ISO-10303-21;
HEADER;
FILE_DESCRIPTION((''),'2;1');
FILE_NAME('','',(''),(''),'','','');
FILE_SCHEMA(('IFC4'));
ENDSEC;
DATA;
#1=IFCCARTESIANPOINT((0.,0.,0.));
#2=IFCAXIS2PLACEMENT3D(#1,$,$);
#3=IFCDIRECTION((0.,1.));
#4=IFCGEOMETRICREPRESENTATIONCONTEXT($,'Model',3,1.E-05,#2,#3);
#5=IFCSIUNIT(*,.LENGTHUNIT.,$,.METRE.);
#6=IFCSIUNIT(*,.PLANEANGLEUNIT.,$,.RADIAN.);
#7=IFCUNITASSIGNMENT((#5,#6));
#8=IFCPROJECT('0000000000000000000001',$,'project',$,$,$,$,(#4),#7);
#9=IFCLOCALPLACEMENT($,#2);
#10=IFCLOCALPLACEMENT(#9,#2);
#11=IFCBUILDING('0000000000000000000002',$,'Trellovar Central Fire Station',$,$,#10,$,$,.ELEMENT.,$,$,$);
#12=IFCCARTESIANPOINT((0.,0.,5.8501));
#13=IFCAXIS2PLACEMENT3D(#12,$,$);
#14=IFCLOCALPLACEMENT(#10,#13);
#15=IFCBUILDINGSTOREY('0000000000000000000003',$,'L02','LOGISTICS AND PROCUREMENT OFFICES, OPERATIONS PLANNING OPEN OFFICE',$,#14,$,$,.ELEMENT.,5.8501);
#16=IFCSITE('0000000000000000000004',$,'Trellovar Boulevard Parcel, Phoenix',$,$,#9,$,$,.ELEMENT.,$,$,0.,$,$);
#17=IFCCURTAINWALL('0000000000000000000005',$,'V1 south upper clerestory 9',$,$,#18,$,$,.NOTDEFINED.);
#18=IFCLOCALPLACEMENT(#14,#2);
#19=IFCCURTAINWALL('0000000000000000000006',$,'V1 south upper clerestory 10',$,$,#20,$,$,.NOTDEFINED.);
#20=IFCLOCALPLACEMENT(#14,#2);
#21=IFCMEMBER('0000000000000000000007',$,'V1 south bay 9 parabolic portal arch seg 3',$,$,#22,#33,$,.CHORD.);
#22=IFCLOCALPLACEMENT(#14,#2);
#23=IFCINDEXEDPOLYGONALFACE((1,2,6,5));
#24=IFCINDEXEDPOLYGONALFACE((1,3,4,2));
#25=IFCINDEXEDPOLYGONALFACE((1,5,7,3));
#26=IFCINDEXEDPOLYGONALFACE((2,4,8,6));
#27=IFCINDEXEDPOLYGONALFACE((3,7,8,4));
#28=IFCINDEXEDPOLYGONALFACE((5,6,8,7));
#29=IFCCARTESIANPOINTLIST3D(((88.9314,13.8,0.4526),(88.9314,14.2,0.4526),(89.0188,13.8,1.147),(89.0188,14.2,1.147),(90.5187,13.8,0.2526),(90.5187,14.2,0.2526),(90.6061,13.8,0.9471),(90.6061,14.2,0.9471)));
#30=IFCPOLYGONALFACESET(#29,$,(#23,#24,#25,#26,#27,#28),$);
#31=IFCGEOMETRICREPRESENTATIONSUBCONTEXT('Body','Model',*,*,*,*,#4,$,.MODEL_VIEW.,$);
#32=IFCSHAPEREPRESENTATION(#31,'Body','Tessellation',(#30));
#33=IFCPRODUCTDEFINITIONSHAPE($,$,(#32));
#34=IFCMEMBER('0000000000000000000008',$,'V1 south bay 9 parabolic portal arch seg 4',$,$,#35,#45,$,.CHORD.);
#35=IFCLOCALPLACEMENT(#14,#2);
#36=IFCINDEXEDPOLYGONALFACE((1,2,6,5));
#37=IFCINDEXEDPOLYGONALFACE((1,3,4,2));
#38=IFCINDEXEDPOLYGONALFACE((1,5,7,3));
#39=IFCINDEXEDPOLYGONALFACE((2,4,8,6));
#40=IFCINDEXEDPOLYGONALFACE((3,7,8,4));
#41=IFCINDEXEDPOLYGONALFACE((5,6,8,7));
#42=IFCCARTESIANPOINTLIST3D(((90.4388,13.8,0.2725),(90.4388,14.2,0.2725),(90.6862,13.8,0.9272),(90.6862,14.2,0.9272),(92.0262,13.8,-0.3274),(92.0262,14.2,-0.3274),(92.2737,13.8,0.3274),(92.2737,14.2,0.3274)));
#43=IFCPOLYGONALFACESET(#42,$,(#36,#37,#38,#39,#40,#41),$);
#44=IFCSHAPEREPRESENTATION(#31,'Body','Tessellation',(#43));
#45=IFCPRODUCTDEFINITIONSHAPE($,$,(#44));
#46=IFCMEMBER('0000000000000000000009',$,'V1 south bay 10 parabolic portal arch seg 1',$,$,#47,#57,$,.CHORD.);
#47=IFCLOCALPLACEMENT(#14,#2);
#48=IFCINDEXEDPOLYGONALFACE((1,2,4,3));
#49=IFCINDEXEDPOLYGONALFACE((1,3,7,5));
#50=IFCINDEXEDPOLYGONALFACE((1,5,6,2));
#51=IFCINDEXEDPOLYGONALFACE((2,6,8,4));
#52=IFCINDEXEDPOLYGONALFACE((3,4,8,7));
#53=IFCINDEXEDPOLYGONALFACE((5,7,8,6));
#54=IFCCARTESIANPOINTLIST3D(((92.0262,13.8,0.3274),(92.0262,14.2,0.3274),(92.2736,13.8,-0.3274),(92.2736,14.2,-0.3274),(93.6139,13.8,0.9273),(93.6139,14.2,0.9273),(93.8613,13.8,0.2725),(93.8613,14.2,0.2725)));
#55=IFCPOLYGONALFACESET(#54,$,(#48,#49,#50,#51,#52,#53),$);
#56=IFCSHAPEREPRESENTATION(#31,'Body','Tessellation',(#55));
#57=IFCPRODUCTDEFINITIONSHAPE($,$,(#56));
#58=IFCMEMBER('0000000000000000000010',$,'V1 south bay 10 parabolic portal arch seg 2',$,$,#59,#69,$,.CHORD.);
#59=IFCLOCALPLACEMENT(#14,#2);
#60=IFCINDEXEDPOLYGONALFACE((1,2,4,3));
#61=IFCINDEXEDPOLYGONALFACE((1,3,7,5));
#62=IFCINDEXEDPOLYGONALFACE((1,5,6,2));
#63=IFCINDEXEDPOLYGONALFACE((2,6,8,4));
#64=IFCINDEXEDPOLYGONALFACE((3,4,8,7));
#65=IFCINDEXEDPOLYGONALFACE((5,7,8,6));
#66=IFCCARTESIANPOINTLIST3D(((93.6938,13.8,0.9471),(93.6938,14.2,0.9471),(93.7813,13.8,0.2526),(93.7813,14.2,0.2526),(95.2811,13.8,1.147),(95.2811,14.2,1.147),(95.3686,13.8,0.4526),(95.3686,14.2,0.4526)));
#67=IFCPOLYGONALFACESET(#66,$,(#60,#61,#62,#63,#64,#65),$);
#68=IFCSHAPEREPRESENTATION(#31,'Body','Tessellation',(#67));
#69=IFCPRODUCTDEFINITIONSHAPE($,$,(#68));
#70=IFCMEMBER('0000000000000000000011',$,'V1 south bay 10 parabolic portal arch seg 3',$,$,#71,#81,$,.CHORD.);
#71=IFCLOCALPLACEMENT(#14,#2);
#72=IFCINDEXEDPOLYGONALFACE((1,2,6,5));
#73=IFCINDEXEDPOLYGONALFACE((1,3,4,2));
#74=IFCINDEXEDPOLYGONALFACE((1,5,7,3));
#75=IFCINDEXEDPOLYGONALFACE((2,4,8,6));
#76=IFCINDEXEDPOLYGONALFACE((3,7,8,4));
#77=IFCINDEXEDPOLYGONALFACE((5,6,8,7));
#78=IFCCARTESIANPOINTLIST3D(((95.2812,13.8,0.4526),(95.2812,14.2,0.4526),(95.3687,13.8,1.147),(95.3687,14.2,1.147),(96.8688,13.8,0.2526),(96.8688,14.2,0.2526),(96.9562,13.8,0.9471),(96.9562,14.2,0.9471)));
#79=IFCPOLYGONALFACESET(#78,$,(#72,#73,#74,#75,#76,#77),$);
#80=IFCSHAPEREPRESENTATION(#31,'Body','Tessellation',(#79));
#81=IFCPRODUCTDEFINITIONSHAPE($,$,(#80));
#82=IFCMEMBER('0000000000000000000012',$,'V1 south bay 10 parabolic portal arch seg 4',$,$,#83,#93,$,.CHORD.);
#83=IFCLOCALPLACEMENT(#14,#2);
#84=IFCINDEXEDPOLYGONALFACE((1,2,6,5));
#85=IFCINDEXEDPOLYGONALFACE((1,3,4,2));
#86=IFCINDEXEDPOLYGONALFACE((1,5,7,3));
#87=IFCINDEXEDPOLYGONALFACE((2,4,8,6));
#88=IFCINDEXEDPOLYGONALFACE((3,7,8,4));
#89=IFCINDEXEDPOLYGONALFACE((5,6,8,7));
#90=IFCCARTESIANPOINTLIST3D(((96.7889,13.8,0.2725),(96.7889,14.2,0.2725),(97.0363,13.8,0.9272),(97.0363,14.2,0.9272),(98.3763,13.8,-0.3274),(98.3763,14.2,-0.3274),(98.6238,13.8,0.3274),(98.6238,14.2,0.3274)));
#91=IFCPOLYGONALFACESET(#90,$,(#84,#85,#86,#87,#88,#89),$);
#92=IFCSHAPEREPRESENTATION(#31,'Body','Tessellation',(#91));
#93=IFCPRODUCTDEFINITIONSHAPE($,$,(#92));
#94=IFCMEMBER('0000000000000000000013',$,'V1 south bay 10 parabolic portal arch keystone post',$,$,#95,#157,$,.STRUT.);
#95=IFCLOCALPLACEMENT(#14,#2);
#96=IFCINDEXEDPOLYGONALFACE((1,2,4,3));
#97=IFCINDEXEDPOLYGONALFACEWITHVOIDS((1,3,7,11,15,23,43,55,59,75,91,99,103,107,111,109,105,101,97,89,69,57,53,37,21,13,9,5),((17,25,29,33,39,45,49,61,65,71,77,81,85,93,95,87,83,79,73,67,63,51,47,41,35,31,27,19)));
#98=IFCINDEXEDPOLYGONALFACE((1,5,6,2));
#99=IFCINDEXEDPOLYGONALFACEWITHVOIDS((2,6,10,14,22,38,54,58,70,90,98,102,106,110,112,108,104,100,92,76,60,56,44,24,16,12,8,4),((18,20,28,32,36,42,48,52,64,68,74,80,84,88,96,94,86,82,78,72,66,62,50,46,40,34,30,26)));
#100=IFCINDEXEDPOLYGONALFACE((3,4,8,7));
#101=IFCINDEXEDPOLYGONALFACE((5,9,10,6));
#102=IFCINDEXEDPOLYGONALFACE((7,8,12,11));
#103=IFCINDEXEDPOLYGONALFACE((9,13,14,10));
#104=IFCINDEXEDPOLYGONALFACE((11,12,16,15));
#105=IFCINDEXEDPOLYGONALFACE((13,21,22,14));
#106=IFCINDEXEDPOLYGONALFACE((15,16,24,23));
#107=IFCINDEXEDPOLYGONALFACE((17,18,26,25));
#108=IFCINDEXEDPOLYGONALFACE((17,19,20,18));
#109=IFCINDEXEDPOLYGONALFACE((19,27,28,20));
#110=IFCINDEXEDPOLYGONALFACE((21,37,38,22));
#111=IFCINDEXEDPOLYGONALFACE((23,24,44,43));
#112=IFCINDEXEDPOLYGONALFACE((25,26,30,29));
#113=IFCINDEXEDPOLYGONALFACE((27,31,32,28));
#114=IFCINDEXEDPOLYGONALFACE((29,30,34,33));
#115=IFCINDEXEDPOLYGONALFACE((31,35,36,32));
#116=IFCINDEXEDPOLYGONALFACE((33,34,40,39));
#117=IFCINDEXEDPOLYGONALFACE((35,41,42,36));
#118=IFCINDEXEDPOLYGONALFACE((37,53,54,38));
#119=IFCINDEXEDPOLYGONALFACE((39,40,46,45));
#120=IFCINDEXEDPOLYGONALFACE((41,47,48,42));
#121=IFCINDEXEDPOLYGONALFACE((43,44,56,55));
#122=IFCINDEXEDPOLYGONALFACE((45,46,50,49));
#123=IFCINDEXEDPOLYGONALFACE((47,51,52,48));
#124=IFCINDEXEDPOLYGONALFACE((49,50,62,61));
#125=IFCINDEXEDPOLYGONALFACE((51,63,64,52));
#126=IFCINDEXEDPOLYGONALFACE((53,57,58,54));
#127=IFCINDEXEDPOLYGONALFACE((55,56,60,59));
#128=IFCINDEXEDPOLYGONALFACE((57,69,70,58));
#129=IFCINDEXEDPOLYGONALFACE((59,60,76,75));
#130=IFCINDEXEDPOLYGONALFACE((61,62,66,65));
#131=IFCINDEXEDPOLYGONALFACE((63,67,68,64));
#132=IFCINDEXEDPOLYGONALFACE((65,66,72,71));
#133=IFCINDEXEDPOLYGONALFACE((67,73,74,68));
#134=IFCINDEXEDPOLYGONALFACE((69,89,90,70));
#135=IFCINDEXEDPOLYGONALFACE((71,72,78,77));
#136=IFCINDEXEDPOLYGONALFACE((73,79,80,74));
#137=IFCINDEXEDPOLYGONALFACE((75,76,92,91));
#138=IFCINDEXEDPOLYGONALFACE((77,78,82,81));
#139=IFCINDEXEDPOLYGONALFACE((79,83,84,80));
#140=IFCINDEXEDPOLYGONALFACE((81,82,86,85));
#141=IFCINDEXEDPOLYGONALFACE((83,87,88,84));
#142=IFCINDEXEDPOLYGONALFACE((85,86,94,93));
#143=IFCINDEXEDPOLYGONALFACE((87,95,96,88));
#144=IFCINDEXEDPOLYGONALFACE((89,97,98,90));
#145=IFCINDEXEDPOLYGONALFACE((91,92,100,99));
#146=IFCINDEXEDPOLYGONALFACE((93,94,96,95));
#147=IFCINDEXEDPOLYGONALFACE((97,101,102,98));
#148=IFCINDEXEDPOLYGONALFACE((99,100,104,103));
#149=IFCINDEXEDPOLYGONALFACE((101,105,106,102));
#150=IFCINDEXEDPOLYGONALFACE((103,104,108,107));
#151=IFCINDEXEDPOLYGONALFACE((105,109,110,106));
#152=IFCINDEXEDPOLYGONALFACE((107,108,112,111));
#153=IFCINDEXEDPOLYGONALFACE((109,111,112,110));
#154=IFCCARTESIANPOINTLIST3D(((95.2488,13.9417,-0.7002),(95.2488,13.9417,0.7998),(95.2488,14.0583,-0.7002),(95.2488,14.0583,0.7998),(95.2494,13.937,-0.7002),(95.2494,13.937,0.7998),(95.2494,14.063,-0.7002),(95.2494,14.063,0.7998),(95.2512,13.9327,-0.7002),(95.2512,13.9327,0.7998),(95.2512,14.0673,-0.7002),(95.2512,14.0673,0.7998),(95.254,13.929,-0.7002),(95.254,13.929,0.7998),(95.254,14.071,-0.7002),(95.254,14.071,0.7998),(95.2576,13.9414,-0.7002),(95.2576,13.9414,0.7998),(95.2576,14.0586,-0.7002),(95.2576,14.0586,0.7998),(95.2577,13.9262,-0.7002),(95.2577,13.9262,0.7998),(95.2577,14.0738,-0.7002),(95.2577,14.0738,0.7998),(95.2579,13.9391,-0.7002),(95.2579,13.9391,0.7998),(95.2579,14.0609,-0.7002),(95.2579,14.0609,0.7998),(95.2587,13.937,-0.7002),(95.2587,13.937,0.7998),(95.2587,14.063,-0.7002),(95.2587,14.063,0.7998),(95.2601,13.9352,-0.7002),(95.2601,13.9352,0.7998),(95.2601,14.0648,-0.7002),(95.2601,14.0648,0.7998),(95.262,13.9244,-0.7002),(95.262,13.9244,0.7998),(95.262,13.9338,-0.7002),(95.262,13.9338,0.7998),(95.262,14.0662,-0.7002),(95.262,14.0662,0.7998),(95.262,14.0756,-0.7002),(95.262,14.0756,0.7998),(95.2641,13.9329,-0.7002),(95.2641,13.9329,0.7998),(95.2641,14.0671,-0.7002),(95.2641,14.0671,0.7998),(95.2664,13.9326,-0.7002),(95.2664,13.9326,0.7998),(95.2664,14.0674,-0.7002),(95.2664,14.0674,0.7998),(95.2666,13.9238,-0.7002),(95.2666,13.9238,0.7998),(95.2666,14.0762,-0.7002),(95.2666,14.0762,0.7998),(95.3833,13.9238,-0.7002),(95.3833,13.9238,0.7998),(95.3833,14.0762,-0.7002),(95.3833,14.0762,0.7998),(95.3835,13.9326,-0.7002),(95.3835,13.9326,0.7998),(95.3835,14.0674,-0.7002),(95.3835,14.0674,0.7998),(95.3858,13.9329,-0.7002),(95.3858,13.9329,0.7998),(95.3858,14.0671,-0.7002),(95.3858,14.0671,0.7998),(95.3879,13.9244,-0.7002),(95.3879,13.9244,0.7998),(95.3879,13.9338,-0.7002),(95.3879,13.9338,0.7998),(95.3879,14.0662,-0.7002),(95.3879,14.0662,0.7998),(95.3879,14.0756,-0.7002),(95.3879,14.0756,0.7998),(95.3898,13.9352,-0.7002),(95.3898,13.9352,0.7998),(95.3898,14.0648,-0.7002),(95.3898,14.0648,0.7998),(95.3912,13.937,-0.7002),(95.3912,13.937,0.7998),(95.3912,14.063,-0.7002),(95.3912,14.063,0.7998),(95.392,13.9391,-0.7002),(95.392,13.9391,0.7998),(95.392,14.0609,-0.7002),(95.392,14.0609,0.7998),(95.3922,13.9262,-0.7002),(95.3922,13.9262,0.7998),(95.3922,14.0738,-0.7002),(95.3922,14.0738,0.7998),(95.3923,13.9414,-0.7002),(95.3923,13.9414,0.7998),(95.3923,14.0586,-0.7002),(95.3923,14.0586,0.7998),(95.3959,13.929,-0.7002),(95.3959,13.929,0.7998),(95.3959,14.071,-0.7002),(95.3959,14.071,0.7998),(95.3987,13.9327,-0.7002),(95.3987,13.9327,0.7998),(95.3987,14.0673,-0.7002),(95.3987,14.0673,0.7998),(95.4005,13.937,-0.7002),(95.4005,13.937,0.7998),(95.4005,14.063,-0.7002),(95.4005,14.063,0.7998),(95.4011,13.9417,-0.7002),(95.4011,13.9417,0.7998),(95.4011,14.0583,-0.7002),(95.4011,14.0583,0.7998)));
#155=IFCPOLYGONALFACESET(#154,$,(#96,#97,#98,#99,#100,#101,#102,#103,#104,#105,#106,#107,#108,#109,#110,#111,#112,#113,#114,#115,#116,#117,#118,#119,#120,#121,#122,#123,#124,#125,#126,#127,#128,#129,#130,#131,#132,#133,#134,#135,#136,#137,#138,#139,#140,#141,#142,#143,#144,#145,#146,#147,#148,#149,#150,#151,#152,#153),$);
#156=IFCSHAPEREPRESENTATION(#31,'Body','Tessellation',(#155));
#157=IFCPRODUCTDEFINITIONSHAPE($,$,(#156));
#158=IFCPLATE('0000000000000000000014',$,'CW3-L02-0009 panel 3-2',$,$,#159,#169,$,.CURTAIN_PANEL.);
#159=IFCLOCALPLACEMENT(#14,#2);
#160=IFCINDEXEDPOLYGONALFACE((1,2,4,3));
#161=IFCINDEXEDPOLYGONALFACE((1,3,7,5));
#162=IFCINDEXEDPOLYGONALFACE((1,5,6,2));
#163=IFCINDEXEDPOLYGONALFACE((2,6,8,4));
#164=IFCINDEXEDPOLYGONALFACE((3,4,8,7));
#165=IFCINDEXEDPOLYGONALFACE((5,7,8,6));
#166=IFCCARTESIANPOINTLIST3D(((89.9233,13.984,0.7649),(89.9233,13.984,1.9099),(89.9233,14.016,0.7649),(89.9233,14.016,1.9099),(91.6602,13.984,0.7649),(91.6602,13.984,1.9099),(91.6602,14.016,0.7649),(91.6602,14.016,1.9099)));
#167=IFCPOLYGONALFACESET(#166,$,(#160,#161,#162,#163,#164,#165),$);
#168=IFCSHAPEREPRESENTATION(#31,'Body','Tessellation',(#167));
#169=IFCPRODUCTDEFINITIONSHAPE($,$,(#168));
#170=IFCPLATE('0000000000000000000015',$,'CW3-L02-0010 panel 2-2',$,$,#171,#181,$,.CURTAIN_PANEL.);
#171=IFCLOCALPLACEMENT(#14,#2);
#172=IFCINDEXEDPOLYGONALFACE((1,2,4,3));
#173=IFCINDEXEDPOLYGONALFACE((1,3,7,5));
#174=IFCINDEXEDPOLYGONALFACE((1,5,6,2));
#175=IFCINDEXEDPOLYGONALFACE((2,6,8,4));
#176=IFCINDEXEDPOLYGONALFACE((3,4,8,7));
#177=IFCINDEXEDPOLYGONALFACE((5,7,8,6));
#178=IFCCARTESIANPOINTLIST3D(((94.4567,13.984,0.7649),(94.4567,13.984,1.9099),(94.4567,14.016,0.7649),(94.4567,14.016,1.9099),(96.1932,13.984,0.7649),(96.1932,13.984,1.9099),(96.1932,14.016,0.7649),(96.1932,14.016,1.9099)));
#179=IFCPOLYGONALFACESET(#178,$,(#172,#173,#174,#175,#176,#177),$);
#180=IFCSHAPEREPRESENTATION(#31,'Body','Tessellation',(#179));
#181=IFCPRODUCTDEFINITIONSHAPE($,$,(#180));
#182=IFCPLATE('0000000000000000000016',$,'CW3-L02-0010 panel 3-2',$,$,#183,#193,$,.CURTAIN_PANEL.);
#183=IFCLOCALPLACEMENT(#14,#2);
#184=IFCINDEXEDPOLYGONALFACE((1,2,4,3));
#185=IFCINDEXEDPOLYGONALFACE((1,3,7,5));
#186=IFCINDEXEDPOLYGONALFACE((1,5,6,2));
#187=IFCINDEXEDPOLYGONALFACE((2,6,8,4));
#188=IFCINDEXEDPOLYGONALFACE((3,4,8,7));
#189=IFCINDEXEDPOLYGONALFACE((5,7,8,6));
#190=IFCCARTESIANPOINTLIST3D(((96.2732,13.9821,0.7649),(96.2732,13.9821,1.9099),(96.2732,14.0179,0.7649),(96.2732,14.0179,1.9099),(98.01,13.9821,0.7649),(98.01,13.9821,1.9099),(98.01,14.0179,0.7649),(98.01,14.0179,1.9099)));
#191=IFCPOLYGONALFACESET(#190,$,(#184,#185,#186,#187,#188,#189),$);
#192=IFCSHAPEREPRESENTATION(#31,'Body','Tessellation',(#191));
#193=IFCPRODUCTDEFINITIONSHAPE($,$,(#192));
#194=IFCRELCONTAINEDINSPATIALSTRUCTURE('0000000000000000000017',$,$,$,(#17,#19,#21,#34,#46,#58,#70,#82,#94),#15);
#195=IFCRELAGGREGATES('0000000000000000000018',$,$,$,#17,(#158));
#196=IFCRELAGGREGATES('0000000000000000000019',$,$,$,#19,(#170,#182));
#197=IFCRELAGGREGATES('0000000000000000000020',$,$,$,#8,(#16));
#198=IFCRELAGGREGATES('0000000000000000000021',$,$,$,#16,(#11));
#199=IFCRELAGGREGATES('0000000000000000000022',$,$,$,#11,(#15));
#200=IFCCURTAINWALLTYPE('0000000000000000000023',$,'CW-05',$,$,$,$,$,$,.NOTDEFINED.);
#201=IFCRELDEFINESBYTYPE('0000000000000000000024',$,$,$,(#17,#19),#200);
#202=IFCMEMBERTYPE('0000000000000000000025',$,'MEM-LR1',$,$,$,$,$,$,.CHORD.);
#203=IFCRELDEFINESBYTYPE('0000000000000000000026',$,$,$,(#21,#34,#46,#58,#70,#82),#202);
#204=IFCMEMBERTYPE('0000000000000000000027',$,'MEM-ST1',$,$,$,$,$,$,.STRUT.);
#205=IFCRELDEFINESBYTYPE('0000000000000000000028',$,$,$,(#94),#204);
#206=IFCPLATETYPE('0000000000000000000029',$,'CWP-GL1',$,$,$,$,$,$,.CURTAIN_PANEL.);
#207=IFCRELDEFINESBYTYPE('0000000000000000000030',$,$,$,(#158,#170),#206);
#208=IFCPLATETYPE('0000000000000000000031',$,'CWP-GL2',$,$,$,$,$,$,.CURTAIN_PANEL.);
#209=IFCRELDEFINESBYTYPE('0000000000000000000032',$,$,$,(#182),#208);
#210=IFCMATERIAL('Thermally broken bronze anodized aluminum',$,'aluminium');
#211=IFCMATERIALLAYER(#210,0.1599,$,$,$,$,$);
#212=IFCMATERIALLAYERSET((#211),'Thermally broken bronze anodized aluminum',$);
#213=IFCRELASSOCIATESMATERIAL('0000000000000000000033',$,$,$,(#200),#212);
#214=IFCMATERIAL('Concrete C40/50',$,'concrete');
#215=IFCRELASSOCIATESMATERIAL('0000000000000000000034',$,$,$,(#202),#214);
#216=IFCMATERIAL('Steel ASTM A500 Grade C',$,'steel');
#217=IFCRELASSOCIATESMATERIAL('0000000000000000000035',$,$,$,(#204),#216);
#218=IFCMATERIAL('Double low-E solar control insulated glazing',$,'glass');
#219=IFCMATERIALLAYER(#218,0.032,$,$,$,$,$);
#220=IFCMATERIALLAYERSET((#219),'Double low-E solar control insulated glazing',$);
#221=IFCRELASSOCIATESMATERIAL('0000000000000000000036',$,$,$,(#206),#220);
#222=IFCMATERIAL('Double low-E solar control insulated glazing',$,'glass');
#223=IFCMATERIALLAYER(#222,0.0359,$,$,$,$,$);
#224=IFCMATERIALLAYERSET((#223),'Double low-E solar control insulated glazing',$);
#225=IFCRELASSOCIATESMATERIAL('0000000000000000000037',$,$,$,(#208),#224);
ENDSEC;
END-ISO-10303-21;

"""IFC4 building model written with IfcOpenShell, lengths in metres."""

from ifc_helpers import new_model, si_unit, direction, frame, origin, origin_2d, place, context, subcontext, project, spatial, rectangle, hollow_rectangle, extrude, material, layer, layer_set, material_profile, profile_set, type_object, element, aggregate, save


model = new_model("IFC4")

# Units and contexts
model_context = context("Model", 3, precision=1e-05, world=origin(), true_north=direction((0.0, 1.0)))
body_context = subcontext(model_context, "Body", "Model", "MODEL_VIEW")
ifc_project = project(units=[si_unit("LENGTHUNIT", "METRE"), si_unit("PLANEANGLEUNIT", "RADIAN")], contexts=[model_context])

# Site, building, storey
site_placement = place(None, origin())
site = spatial("IfcSite", under=ifc_project, at=site_placement, Name="Trellovar Boulevard Parcel, Phoenix", CompositionType="ELEMENT", RefElevation=0.0)
building_placement = place(site_placement, origin())
building = spatial("IfcBuilding", under=site, at=building_placement, Name="Trellovar Central Fire Station", CompositionType="ELEMENT")
storey_placement = place(building_placement, frame((0.0, 0.0, 5.8501)))
storey = spatial("IfcBuildingStorey", under=building, at=storey_placement, Name="L02", Description="LOGISTICS AND PROCUREMENT OFFICES, OPERATIONS PLANNING OPEN OFFICE", CompositionType="ELEMENT", Elevation=5.8501)

# Curtain walls
ifc_material_1 = material(Name="Thermally broken bronze anodized aluminum", Category="aluminium")
ifc_layer_1 = layer(ifc_material_1, 0.1599)
ifc_layer_set_1 = layer_set([ifc_layer_1], Name="Thermally broken bronze anodized aluminum")
curtain_wall_type = type_object("IfcCurtainWallType", Name="CW-05", PredefinedType="NOTDEFINED", material=ifc_layer_set_1)
curtain_wall_1_placement = place(storey_placement, origin())
curtain_wall_1 = element("IfcCurtainWall", 1, at=curtain_wall_1_placement, inside=storey, type_object=curtain_wall_type, Name="V1 south upper clerestory 9", PredefinedType="NOTDEFINED")
curtain_wall_2_placement = place(storey_placement, origin())
curtain_wall_2 = element("IfcCurtainWall", 2, at=curtain_wall_2_placement, inside=storey, type_object=curtain_wall_type, Name="V1 south upper clerestory 10", PredefinedType="NOTDEFINED")

# Members
ifc_material_2 = material(Name="Concrete C40/50", Category="concrete")
ifc_material_profile_1 = material_profile(ifc_material_2, rectangle(XDim=0.3999, YDim=0.7, at=origin_2d()), Name="RC400X700")
ifc_profile_set_1 = profile_set([ifc_material_profile_1], Name="Concrete C40/50")
member_type_1 = type_object("IfcMemberType", Name="MEM-LR1", PredefinedType="CHORD", material=ifc_profile_set_1)
member_1_placement = place(storey_placement, frame((88.9751, 14.0, 0.7998), z_axis=(0.99216, 0.0, -0.124974), x_axis=(0.0, 1.0, 0.0)))
element("IfcMember", 3, at=member_1_placement, inside=storey, type_object=member_type_1, Name="V1 south bay 9 parabolic portal arch seg 3", PredefinedType="CHORD", context=body_context, shape_type="SweptSolid", body=[
    extrude(rectangle(XDim=0.3999, YDim=0.7, at=origin_2d()), origin(), (0.0, 0.0, 1.0), 1.5999),
])
member_2_placement = place(storey_placement, frame((90.5625, 14.0, 0.5999), z_axis=(0.935439, 0.0, -0.353487), x_axis=(0.0, 1.0, 0.0)))
element("IfcMember", 4, at=member_2_placement, inside=storey, type_object=member_type_1, Name="V1 south bay 9 parabolic portal arch seg 4", PredefinedType="CHORD", context=body_context, shape_type="SweptSolid", body=[
    extrude(rectangle(XDim=0.3999, YDim=0.7, at=origin_2d()), origin(), (0.0, 0.0, 1.0), 1.697),
])
member_3_placement = place(storey_placement, frame((92.1499, 14.0, 0.0), z_axis=(0.935457, 0.0, 0.35344), x_axis=(0.0, 1.0, 0.0)))
element("IfcMember", 5, at=member_3_placement, inside=storey, type_object=member_type_1, Name="V1 south bay 10 parabolic portal arch seg 1", PredefinedType="CHORD", context=body_context, shape_type="SweptSolid", body=[
    extrude(rectangle(XDim=0.3999, YDim=0.7, at=origin_2d()), origin(), (0.0, 0.0, 1.0), 1.6973),
])
member_4_placement = place(storey_placement, frame((93.7375, 14.0, 0.5999), z_axis=(0.99216, 0.0, 0.124974), x_axis=(0.0, 1.0, 0.0)))
element("IfcMember", 6, at=member_4_placement, inside=storey, type_object=member_type_1, Name="V1 south bay 10 parabolic portal arch seg 2", PredefinedType="CHORD", context=body_context, shape_type="SweptSolid", body=[
    extrude(rectangle(XDim=0.3999, YDim=0.7, at=origin_2d()), origin(), (0.0, 0.0, 1.0), 1.5999),
])
member_5_placement = place(storey_placement, frame((95.325, 14.0, 0.7998), z_axis=(0.992162, 0.0, -0.124955), x_axis=(0.0, 1.0, 0.0)))
element("IfcMember", 7, at=member_5_placement, inside=storey, type_object=member_type_1, Name="V1 south bay 10 parabolic portal arch seg 3", PredefinedType="CHORD", context=body_context, shape_type="SweptSolid", body=[
    extrude(rectangle(XDim=0.3999, YDim=0.7, at=origin_2d()), origin(), (0.0, 0.0, 1.0), 1.6001),
])
member_6_placement = place(storey_placement, frame((96.9126, 14.0, 0.5999), z_axis=(0.935439, 0.0, -0.353487), x_axis=(0.0, 1.0, 0.0)))
element("IfcMember", 8, at=member_6_placement, inside=storey, type_object=member_type_1, Name="V1 south bay 10 parabolic portal arch seg 4", PredefinedType="CHORD", context=body_context, shape_type="SweptSolid", body=[
    extrude(rectangle(XDim=0.3999, YDim=0.7, at=origin_2d()), origin(), (0.0, 0.0, 1.0), 1.697),
])
ifc_material_3 = material(Name="Steel ASTM A500 Grade C", Category="steel")
ifc_material_profile_2 = material_profile(ifc_material_3, hollow_rectangle(XDim=0.1523, YDim=0.1523, WallThickness=0.0088, InnerFilletRadius=0.0088, OuterFilletRadius=0.0178, at=origin_2d()), Name="HSS6X6X3/8")
ifc_profile_set_2 = profile_set([ifc_material_profile_2], Name="Steel ASTM A500 Grade C")
member_type_2 = type_object("IfcMemberType", Name="MEM-ST1", PredefinedType="STRUT", material=ifc_profile_set_2)
member_7_placement = place(storey_placement, frame((95.325, 14.0, -0.7002), z_axis=(0.0, 0.0, 1.0), x_axis=(1.0, 0.0, 0.0)))
element("IfcMember", 9, at=member_7_placement, inside=storey, type_object=member_type_2, Name="V1 south bay 10 parabolic portal arch keystone post", PredefinedType="STRUT", context=body_context, shape_type="SweptSolid", body=[
    extrude(hollow_rectangle(XDim=0.1523, YDim=0.1523, WallThickness=0.0088, InnerFilletRadius=0.0088, OuterFilletRadius=0.0178, at=origin_2d()), origin(), (0.0, 0.0, 1.0), 1.5),
])

# Plates
ifc_material_4 = material(Name="Double low-E solar control insulated glazing", Category="glass")
ifc_layer_2 = layer(ifc_material_4, 0.032)
ifc_layer_set_2 = layer_set([ifc_layer_2], Name="Double low-E solar control insulated glazing")
plate_type_1 = type_object("IfcPlateType", Name="CWP-GL1", PredefinedType="CURTAIN_PANEL", material=ifc_layer_set_2)
plate_1_placement = place(storey_placement, frame((90.7917, 14.0, 0.7649), z_axis=(0.0, 0.0, 1.0), x_axis=(1.0, 0.0, 0.0)))
plate_1 = element("IfcPlate", 10, at=plate_1_placement, type_object=plate_type_1, Name="CW3-L02-0009 panel 3-2", PredefinedType="CURTAIN_PANEL", context=body_context, shape_type="SweptSolid", body=[
    extrude(rectangle(XDim=1.7368, YDim=0.032, at=origin_2d()), origin(), (0.0, 0.0, 1.0), 1.145),
])
plate_2_placement = place(storey_placement, frame((95.325, 14.0, 0.7649), z_axis=(0.0, 0.0, 1.0), x_axis=(1.0, 0.0, 0.0)))
plate_2 = element("IfcPlate", 11, at=plate_2_placement, type_object=plate_type_1, Name="CW3-L02-0010 panel 2-2", PredefinedType="CURTAIN_PANEL", context=body_context, shape_type="SweptSolid", body=[
    extrude(rectangle(XDim=1.7366, YDim=0.032, at=origin_2d()), origin(), (0.0, 0.0, 1.0), 1.145),
])
ifc_material_5 = material(Name="Double low-E solar control insulated glazing", Category="glass")
ifc_layer_3 = layer(ifc_material_5, 0.0359)
ifc_layer_set_3 = layer_set([ifc_layer_3], Name="Double low-E solar control insulated glazing")
plate_type_2 = type_object("IfcPlateType", Name="CWP-GL2", PredefinedType="CURTAIN_PANEL", material=ifc_layer_set_3)
plate_3_placement = place(storey_placement, frame((97.1416, 14.0, 0.7649), z_axis=(0.0, 0.0, 1.0), x_axis=(1.0, 0.0, 0.0)))
plate_3 = element("IfcPlate", 12, at=plate_3_placement, type_object=plate_type_2, Name="CW3-L02-0010 panel 3-2", PredefinedType="CURTAIN_PANEL", context=body_context, shape_type="SweptSolid", body=[
    extrude(rectangle(XDim=1.7368, YDim=0.0359, at=origin_2d()), origin(), (0.0, 0.0, 1.0), 1.145),
])
aggregate(curtain_wall_1, [plate_1])
aggregate(curtain_wall_2, [plate_2, plate_3])

save(model, "model.ifc")
